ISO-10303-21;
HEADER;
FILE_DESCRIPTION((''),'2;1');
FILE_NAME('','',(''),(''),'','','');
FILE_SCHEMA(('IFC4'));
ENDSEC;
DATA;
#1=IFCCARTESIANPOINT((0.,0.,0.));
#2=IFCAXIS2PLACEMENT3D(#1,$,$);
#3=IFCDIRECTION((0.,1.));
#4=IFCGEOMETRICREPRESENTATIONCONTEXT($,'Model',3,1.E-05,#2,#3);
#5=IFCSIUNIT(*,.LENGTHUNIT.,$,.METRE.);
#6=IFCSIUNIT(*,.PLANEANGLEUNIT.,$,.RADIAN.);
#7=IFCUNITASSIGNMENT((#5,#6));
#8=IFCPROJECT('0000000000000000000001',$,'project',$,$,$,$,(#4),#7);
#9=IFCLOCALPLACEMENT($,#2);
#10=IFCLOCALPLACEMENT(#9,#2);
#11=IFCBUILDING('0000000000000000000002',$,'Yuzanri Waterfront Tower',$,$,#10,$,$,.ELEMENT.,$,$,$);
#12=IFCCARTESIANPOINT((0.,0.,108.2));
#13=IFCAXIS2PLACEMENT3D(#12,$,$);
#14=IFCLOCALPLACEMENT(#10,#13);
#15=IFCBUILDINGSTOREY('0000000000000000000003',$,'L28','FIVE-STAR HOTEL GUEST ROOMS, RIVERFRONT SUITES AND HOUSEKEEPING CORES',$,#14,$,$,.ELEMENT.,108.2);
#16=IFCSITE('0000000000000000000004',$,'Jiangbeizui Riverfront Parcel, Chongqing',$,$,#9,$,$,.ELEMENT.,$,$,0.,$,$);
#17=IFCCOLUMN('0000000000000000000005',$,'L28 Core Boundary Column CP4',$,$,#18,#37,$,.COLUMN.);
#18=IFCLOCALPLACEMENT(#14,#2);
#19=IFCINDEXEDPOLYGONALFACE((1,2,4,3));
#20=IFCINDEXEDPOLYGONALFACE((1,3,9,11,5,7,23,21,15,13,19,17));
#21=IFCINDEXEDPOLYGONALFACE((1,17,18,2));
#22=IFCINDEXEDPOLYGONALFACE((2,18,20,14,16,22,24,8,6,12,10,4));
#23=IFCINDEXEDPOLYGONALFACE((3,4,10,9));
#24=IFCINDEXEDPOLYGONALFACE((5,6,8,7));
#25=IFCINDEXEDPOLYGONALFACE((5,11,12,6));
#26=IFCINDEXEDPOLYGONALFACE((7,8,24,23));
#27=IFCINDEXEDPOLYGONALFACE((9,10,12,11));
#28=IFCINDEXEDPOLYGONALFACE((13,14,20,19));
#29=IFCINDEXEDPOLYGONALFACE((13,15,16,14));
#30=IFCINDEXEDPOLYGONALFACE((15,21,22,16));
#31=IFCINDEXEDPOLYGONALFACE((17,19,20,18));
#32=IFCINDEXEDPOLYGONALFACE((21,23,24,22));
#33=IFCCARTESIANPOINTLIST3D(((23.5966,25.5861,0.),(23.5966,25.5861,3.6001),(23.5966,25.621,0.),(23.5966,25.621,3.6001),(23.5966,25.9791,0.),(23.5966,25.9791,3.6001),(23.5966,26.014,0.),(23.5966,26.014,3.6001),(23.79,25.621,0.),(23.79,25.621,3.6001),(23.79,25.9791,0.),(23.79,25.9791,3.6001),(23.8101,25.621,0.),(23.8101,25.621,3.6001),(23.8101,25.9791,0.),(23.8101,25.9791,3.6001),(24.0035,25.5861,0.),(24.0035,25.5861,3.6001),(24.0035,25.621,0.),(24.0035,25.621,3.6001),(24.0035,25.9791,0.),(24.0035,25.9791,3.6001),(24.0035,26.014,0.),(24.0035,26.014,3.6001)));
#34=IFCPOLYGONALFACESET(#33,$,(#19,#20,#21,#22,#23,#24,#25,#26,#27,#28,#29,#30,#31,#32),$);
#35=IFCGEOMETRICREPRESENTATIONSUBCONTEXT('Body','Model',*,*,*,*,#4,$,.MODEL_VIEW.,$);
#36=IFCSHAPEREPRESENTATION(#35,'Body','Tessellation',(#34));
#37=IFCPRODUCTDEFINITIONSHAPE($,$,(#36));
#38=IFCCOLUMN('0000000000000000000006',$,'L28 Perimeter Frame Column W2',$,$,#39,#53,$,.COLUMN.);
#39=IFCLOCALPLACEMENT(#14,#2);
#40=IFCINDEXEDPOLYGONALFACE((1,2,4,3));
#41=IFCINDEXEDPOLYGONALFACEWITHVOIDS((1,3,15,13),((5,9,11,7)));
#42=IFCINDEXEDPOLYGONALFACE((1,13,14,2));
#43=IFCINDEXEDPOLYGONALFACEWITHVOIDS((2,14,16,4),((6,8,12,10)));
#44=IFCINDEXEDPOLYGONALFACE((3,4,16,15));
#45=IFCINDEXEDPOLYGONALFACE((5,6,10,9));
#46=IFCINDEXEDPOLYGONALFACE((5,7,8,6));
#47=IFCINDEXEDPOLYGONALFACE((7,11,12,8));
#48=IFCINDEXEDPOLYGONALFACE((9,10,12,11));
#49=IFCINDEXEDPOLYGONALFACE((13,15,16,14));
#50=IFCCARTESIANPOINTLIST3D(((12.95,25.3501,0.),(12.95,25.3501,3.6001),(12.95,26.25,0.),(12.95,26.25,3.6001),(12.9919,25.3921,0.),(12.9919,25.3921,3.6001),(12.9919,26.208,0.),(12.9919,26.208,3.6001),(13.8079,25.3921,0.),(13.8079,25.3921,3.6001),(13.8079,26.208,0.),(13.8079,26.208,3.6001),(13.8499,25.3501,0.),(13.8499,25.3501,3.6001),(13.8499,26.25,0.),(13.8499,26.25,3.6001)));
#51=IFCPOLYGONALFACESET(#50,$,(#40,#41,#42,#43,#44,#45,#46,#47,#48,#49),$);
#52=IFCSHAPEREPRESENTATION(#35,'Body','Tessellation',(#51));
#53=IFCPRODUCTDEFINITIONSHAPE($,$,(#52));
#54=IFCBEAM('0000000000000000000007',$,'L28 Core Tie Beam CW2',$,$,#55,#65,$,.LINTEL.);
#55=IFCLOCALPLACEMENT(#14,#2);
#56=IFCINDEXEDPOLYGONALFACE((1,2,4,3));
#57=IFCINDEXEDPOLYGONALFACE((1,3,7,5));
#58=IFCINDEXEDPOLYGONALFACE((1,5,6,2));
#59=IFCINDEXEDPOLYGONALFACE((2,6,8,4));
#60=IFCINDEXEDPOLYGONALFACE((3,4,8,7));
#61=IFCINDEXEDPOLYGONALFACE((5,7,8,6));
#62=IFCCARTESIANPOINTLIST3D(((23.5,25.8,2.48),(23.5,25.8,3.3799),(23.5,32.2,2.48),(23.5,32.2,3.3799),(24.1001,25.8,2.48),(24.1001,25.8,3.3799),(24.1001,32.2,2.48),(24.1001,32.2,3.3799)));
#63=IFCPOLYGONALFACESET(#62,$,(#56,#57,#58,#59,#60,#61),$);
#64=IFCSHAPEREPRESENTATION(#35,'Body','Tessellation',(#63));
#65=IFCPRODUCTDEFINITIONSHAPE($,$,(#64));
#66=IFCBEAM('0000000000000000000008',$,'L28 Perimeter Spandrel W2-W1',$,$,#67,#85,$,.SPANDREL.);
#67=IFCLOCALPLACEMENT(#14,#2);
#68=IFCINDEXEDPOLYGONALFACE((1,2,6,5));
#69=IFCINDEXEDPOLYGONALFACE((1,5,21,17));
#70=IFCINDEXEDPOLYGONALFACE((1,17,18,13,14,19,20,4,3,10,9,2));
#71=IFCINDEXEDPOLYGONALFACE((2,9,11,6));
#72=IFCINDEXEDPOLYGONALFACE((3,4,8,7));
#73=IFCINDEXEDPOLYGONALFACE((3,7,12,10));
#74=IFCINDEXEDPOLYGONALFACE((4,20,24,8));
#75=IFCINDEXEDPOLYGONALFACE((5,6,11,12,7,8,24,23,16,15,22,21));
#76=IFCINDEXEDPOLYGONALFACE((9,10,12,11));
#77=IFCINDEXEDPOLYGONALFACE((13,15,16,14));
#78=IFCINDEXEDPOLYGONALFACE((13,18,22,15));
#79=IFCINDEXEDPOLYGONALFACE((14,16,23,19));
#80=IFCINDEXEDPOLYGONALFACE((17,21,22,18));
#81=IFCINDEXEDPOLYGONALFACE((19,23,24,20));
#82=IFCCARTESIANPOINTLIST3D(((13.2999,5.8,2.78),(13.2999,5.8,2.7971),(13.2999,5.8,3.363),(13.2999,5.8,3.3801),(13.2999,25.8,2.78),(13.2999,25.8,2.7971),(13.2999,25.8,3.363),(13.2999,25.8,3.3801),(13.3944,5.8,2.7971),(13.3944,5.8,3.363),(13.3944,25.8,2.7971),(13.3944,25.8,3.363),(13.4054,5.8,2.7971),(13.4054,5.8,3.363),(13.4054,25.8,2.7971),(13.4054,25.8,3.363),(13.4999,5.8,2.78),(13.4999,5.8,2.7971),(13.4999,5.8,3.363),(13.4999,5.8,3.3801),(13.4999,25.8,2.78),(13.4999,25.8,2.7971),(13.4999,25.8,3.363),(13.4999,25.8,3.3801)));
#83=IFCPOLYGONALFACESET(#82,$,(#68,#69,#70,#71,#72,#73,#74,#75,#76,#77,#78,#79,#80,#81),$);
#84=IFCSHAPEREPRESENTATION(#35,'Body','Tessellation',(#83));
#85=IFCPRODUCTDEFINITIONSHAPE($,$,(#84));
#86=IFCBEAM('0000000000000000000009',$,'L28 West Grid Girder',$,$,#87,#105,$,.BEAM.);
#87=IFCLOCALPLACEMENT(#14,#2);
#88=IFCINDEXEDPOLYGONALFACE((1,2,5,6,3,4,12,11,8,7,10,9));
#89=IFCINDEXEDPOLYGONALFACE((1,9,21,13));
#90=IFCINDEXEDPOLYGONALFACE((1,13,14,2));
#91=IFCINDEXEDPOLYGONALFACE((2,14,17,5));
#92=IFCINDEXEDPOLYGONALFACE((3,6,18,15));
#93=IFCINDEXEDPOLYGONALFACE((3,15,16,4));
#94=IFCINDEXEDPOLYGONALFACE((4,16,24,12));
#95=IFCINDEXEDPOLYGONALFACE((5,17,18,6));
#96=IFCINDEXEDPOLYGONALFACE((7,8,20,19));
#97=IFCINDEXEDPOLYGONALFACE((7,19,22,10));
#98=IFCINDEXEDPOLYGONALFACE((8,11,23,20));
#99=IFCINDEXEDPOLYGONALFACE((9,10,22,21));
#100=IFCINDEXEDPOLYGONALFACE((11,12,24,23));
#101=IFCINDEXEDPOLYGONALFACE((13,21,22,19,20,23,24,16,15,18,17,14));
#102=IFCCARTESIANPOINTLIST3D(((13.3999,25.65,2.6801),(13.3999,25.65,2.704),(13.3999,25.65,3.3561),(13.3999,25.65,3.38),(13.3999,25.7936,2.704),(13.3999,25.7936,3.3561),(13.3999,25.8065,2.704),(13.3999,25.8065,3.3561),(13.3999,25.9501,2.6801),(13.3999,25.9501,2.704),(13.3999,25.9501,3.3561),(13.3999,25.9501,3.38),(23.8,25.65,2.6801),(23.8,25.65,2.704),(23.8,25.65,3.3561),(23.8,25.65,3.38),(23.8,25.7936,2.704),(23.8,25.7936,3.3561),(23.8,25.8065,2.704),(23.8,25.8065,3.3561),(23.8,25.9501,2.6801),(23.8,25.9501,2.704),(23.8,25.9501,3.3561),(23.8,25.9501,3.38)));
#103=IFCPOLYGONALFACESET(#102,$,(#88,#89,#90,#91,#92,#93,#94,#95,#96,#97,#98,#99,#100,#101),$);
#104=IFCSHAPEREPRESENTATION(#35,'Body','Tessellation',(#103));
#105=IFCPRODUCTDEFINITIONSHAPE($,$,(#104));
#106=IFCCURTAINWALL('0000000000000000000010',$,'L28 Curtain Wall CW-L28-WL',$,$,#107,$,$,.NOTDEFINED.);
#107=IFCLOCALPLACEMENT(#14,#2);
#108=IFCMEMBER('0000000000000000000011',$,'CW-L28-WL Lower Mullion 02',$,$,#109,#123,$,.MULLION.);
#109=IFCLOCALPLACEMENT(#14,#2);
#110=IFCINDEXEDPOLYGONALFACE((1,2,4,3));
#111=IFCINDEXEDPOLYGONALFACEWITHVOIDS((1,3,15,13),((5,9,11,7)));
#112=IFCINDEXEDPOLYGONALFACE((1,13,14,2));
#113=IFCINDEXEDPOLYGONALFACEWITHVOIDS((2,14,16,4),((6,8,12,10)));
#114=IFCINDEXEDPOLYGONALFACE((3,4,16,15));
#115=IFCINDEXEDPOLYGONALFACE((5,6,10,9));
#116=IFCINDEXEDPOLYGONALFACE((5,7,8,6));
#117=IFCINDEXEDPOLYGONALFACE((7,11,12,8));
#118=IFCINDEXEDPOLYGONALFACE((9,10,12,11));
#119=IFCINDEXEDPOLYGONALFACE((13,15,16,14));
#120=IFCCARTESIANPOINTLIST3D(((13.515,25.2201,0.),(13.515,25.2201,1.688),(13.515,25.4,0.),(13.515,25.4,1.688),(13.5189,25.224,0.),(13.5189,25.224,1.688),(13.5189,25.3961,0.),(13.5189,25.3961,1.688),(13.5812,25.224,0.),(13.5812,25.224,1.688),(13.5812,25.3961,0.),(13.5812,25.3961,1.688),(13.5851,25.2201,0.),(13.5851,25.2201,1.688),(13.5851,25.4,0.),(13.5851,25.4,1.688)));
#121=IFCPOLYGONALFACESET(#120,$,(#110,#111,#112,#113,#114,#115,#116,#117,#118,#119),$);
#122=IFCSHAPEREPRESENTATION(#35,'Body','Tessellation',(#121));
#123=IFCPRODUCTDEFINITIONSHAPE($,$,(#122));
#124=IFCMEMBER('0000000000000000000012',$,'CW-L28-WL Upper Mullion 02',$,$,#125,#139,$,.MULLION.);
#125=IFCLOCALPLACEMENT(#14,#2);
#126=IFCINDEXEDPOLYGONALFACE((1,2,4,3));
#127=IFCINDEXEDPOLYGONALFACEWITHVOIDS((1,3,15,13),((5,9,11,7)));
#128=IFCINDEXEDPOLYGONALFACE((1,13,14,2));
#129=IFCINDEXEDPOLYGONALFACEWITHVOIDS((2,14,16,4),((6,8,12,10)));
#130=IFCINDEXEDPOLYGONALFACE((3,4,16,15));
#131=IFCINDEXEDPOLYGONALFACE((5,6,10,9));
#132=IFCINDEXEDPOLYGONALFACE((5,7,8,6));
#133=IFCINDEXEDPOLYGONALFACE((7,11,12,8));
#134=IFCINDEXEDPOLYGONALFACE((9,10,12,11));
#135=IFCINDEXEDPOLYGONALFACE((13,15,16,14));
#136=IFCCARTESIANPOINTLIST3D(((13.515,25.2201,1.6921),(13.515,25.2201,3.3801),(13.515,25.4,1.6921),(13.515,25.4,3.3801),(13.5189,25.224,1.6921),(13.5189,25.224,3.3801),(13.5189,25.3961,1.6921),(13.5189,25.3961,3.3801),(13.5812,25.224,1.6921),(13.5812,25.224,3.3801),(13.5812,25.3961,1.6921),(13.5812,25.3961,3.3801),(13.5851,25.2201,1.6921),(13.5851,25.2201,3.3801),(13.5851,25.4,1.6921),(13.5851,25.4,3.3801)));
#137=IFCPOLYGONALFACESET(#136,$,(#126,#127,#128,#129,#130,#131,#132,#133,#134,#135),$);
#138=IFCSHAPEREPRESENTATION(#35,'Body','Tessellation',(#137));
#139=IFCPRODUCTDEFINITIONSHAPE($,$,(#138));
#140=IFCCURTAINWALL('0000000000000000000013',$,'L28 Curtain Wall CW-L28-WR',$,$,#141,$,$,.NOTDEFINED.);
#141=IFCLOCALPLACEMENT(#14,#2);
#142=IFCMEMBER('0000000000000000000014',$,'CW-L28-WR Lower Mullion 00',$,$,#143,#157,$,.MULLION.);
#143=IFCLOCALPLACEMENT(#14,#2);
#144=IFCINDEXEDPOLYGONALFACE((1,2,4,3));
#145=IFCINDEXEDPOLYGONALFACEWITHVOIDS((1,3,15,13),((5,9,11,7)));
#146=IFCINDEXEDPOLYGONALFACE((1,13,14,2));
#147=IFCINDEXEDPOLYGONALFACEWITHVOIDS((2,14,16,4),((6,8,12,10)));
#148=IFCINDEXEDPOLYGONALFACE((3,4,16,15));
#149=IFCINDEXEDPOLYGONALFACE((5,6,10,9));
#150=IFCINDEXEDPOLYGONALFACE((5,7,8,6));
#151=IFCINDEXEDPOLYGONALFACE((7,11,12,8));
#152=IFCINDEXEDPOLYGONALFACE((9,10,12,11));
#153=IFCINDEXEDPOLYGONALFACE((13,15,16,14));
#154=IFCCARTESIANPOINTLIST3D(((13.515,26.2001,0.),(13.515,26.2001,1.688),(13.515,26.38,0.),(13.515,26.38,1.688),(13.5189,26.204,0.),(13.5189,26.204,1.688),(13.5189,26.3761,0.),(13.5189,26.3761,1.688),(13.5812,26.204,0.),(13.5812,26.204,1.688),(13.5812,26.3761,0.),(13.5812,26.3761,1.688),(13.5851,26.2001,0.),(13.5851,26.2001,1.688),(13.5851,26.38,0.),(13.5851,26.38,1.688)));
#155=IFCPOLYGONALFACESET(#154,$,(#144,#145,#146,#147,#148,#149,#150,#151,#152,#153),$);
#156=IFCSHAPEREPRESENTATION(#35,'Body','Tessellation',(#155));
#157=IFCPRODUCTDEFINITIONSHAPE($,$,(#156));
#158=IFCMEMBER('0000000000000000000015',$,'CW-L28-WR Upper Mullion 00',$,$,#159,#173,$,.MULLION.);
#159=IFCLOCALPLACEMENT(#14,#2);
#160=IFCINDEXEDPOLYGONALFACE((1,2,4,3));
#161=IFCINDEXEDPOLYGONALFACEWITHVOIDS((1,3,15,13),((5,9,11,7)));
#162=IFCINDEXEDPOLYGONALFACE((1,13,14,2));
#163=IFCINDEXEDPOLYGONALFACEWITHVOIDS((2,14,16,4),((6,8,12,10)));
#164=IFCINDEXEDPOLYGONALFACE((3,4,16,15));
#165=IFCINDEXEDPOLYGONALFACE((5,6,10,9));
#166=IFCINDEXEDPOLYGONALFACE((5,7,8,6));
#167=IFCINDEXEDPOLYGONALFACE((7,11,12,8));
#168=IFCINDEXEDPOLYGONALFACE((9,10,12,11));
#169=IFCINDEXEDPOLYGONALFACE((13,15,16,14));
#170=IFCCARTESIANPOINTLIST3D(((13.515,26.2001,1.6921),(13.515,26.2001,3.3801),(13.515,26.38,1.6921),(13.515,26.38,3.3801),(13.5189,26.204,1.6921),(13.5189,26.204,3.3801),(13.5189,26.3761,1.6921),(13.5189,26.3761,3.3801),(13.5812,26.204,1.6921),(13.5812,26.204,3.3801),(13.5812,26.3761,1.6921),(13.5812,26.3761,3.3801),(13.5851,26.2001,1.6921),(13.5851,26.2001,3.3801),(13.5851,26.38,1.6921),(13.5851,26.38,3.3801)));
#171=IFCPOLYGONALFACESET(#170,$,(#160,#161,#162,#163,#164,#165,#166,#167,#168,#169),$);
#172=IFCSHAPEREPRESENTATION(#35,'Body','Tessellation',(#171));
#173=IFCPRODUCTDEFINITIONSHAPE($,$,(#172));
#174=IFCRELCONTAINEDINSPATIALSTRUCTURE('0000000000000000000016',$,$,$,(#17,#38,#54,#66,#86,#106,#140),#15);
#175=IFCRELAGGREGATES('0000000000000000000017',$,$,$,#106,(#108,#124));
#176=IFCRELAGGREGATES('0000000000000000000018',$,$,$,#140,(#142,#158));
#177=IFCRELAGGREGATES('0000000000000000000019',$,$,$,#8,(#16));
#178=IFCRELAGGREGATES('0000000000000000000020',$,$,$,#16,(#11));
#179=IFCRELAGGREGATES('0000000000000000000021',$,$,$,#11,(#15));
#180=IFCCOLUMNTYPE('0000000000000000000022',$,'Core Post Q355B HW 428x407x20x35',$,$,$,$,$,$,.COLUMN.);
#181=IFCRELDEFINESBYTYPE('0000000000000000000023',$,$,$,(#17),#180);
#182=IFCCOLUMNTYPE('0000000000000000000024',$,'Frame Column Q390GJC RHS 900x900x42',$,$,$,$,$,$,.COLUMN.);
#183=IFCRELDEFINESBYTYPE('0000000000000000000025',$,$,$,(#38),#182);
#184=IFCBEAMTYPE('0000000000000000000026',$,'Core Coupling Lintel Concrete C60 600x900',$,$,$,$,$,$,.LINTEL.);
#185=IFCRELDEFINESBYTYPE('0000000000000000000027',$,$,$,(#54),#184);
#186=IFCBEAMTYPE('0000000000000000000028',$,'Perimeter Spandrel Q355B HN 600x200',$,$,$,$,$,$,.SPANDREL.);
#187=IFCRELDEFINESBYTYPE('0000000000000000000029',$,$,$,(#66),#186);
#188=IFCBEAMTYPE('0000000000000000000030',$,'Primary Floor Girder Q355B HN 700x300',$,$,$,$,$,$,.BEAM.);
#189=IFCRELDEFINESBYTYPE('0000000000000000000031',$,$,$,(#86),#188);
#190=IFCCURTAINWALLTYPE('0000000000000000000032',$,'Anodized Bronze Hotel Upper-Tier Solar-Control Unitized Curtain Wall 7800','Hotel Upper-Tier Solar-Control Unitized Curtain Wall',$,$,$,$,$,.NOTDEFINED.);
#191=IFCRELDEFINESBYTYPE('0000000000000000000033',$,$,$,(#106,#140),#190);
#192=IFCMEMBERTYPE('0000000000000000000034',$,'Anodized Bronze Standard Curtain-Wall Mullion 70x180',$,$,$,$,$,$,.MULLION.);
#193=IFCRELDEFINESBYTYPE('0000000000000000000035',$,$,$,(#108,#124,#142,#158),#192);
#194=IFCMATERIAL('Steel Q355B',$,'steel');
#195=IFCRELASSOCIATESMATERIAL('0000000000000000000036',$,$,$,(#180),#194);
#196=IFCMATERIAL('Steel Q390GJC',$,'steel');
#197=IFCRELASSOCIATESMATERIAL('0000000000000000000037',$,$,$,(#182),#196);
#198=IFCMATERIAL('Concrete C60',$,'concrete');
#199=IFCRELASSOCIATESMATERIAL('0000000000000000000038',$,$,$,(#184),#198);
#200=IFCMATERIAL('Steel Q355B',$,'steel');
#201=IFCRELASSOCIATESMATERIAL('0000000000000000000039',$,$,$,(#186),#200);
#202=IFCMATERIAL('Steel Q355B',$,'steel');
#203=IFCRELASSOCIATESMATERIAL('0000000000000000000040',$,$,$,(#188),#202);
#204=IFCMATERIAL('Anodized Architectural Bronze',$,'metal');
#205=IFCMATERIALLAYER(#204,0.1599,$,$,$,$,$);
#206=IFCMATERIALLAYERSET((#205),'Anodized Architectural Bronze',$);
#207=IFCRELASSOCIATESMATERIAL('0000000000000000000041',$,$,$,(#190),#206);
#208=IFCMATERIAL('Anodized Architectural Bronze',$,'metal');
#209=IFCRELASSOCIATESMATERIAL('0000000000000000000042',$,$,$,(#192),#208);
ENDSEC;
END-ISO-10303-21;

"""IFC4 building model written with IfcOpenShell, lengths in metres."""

from ifc_helpers import new_model, si_unit, direction, frame, origin, origin_2d, place, context, subcontext, project, spatial, rectangle, hollow_rectangle, i_section, extrude, source, transform, mapped, material, layer, layer_set, material_profile, profile_set, type_object, element, aggregate, save


model = new_model("IFC4")

# Units and contexts
model_context = context("Model", 3, precision=1e-05, world=origin(), true_north=direction((0.0, 1.0)))
body_context = subcontext(model_context, "Body", "Model", "MODEL_VIEW")
ifc_project = project(units=[si_unit("LENGTHUNIT", "METRE"), si_unit("PLANEANGLEUNIT", "RADIAN")], contexts=[model_context])

# Site, building, storey
site_placement = place(None, origin())
site = spatial("IfcSite", under=ifc_project, at=site_placement, Name="Jiangbeizui Riverfront Parcel, Chongqing", CompositionType="ELEMENT", RefElevation=0.0)
building_placement = place(site_placement, origin())
building = spatial("IfcBuilding", under=site, at=building_placement, Name="Yuzanri Waterfront Tower", CompositionType="ELEMENT")
storey_placement = place(building_placement, frame((0.0, 0.0, 108.2)))
storey = spatial("IfcBuildingStorey", under=building, at=storey_placement, Name="L28", Description="FIVE-STAR HOTEL GUEST ROOMS, RIVERFRONT SUITES AND HOUSEKEEPING CORES", CompositionType="ELEMENT", Elevation=108.2)

# Columns
ifc_material_1 = material(Name="Steel Q355B", Category="steel")
ifc_material_profile_1 = material_profile(ifc_material_1, i_section(OverallWidth=0.407, OverallDepth=0.428, WebThickness=0.02, FlangeThickness=0.0349, at=origin_2d()), Name="HW 428x407x20x35")
ifc_profile_set_1 = profile_set([ifc_material_profile_1], Name="Steel Q355B")
column_type_1 = type_object("IfcColumnType", Name="Core Post Q355B HW 428x407x20x35", PredefinedType="COLUMN", material=ifc_profile_set_1)
shared_shape_1 = source(origin(), body_context, "Body", "SweptSolid", [
    extrude(i_section(OverallWidth=0.407, OverallDepth=0.428, WebThickness=0.02, FlangeThickness=0.0349, at=origin_2d()), origin(), (0.0, 0.0, 1.0), 3.6001),
])
column_1_placement = place(storey_placement, frame((23.8, 25.8, 0.0), z_axis=(0.0, 0.0, 1.0), x_axis=(1.0, 0.0, 0.0)))
element("IfcColumn", 1, at=column_1_placement, inside=storey, type_object=column_type_1, Name="L28 Core Boundary Column CP4", PredefinedType="COLUMN", context=body_context, shape_type="MappedRepresentation", body=[
    mapped(shared_shape_1, transform((0.0, 0.0, 0.0), scale=1.0)),
])
ifc_material_2 = material(Name="Steel Q390GJC", Category="steel")
ifc_material_profile_2 = material_profile(ifc_material_2, hollow_rectangle(XDim=0.8999, YDim=0.8999, WallThickness=0.042, at=origin_2d()), Name="RHS 900x900x42")
ifc_profile_set_2 = profile_set([ifc_material_profile_2], Name="Steel Q390GJC")
column_type_2 = type_object("IfcColumnType", Name="Frame Column Q390GJC RHS 900x900x42", PredefinedType="COLUMN", material=ifc_profile_set_2)
shared_shape_2 = source(origin(), body_context, "Body", "SweptSolid", [
    extrude(hollow_rectangle(XDim=0.8999, YDim=0.8999, WallThickness=0.042, at=origin_2d()), origin(), (0.0, 0.0, 1.0), 3.6001),
])
column_2_placement = place(storey_placement, frame((13.3999, 25.8, 0.0), z_axis=(0.0, 0.0, 1.0), x_axis=(1.0, 0.0, 0.0)))
element("IfcColumn", 2, at=column_2_placement, inside=storey, type_object=column_type_2, Name="L28 Perimeter Frame Column W2", PredefinedType="COLUMN", context=body_context, shape_type="MappedRepresentation", body=[
    mapped(shared_shape_2, transform((0.0, 0.0, 0.0), scale=1.0)),
])

# Beams
ifc_material_3 = material(Name="Concrete C60", Category="concrete")
ifc_material_profile_3 = material_profile(ifc_material_3, rectangle(XDim=0.6001, YDim=0.8999, at=origin_2d()), Name="RC 600x900")
ifc_profile_set_3 = profile_set([ifc_material_profile_3], Name="Concrete C60")
beam_type_1 = type_object("IfcBeamType", Name="Core Coupling Lintel Concrete C60 600x900", PredefinedType="LINTEL", material=ifc_profile_set_3)
shared_shape_3 = source(origin(), body_context, "Body", "SweptSolid", [
    extrude(rectangle(XDim=0.6001, YDim=0.8999, at=origin_2d()), origin(), (0.0, 0.0, 1.0), 6.3999),
])
beam_1_placement = place(storey_placement, frame((23.8, 25.8, 2.9299), z_axis=(0.0, 1.0, 0.0), x_axis=(-1.0, 0.0, 0.0)))
element("IfcBeam", 3, at=beam_1_placement, inside=storey, type_object=beam_type_1, Name="L28 Core Tie Beam CW2", PredefinedType="LINTEL", context=body_context, shape_type="MappedRepresentation", body=[
    mapped(shared_shape_3, transform((0.0, 0.0, 0.0), scale=1.0)),
])
ifc_material_4 = material(Name="Steel Q355B", Category="steel")
ifc_material_profile_4 = material_profile(ifc_material_4, i_section(OverallWidth=0.2, OverallDepth=0.6001, WebThickness=0.011, FlangeThickness=0.0171, at=origin_2d()), Name="HN 600x200x11x17")
ifc_profile_set_4 = profile_set([ifc_material_profile_4], Name="Steel Q355B")
beam_type_2 = type_object("IfcBeamType", Name="Perimeter Spandrel Q355B HN 600x200", PredefinedType="SPANDREL", material=ifc_profile_set_4)
shared_shape_4 = source(origin(), body_context, "Body", "SweptSolid", [
    extrude(i_section(OverallWidth=0.2, OverallDepth=0.6001, WebThickness=0.011, FlangeThickness=0.0171, at=origin_2d()), origin(), (0.0, 0.0, 1.0), 20.0),
])
beam_2_placement = place(storey_placement, frame((13.3999, 25.8, 3.0801), z_axis=(0.0, -1.0, 0.0), x_axis=(1.0, 0.0, 0.0)))
element("IfcBeam", 4, at=beam_2_placement, inside=storey, type_object=beam_type_2, Name="L28 Perimeter Spandrel W2-W1", PredefinedType="SPANDREL", context=body_context, shape_type="MappedRepresentation", body=[
    mapped(shared_shape_4, transform((0.0, 0.0, 0.0), scale=1.0)),
])
ifc_material_5 = material(Name="Steel Q355B", Category="steel")
ifc_material_profile_5 = material_profile(ifc_material_5, i_section(OverallWidth=0.3, OverallDepth=0.7, WebThickness=0.0129, FlangeThickness=0.0239, at=origin_2d()), Name="HN 700x300x13x24")
ifc_profile_set_5 = profile_set([ifc_material_profile_5], Name="Steel Q355B")
beam_type_3 = type_object("IfcBeamType", Name="Primary Floor Girder Q355B HN 700x300", PredefinedType="BEAM", material=ifc_profile_set_5)
shared_shape_5 = source(origin(), body_context, "Body", "SweptSolid", [
    extrude(i_section(OverallWidth=0.3, OverallDepth=0.7, WebThickness=0.0129, FlangeThickness=0.0239, at=origin_2d()), origin(), (0.0, 0.0, 1.0), 10.4001),
])
beam_3_placement = place(storey_placement, frame((23.8, 25.8, 3.03), z_axis=(-1.0, 0.0, 0.0), x_axis=(0.0, -1.0, 0.0)))
element("IfcBeam", 5, at=beam_3_placement, inside=storey, type_object=beam_type_3, Name="L28 West Grid Girder", PredefinedType="BEAM", context=body_context, shape_type="MappedRepresentation", body=[
    mapped(shared_shape_5, transform((0.0, 0.0, 0.0), scale=1.0)),
])

# Curtain walls, members
ifc_material_6 = material(Name="Anodized Architectural Bronze", Category="metal")
ifc_layer_1 = layer(ifc_material_6, 0.1599)
ifc_layer_set_1 = layer_set([ifc_layer_1], Name="Anodized Architectural Bronze")
curtain_wall_type = type_object("IfcCurtainWallType", Name="Anodized Bronze Hotel Upper-Tier Solar-Control Unitized Curtain Wall 7800", Description="Hotel Upper-Tier Solar-Control Unitized Curtain Wall", PredefinedType="NOTDEFINED", material=ifc_layer_set_1)
curtain_wall_1_placement = place(storey_placement, origin())
curtain_wall_1 = element("IfcCurtainWall", 6, at=curtain_wall_1_placement, inside=storey, type_object=curtain_wall_type, Name="L28 Curtain Wall CW-L28-WL", PredefinedType="NOTDEFINED")
ifc_material_7 = material(Name="Anodized Architectural Bronze", Category="metal")
ifc_material_profile_6 = material_profile(ifc_material_7, hollow_rectangle(XDim=0.0701, YDim=0.1799, WallThickness=0.0039, at=origin_2d()), Name="CWM 70x180")
ifc_profile_set_6 = profile_set([ifc_material_profile_6], Name="Anodized Architectural Bronze")
member_type_1 = type_object("IfcMemberType", Name="Anodized Bronze Standard Curtain-Wall Mullion 70x180", PredefinedType="MULLION", material=ifc_profile_set_6)
shared_shape_6 = source(origin(), body_context, "Body", "SweptSolid", [
    extrude(hollow_rectangle(XDim=0.0701, YDim=0.1799, WallThickness=0.0039, at=origin_2d()), origin(), (0.0, 0.0, 1.0), 1.688),
])
member_1_placement = place(storey_placement, frame((13.55, 25.3101, 0.0), z_axis=(0.0, 0.0, 1.0), x_axis=(1.0, 0.0, 0.0)))
member_1 = element("IfcMember", 7, at=member_1_placement, type_object=member_type_1, Name="CW-L28-WL Lower Mullion 02", PredefinedType="MULLION", context=body_context, shape_type="MappedRepresentation", body=[
    mapped(shared_shape_6, transform((0.0, 0.0, 0.0), scale=1.0)),
])
member_2_placement = place(storey_placement, frame((13.55, 25.3101, 1.6921), z_axis=(0.0, 0.0, 1.0), x_axis=(1.0, 0.0, 0.0)))
member_2 = element("IfcMember", 8, at=member_2_placement, type_object=member_type_1, Name="CW-L28-WL Upper Mullion 02", PredefinedType="MULLION", context=body_context, shape_type="MappedRepresentation", body=[
    mapped(shared_shape_6, transform((0.0, 0.0, 0.0), scale=1.0)),
])
aggregate(curtain_wall_1, [member_1, member_2])
curtain_wall_2_placement = place(storey_placement, origin())
curtain_wall_2 = element("IfcCurtainWall", 9, at=curtain_wall_2_placement, inside=storey, type_object=curtain_wall_type, Name="L28 Curtain Wall CW-L28-WR", PredefinedType="NOTDEFINED")
member_3_placement = place(storey_placement, frame((13.55, 26.29, 0.0), z_axis=(0.0, 0.0, 1.0), x_axis=(1.0, 0.0, 0.0)))
member_3 = element("IfcMember", 10, at=member_3_placement, type_object=member_type_1, Name="CW-L28-WR Lower Mullion 00", PredefinedType="MULLION", context=body_context, shape_type="MappedRepresentation", body=[
    mapped(shared_shape_6, transform((0.0, 0.0, 0.0), scale=1.0)),
])
member_4_placement = place(storey_placement, frame((13.55, 26.29, 1.6921), z_axis=(0.0, 0.0, 1.0), x_axis=(1.0, 0.0, 0.0)))
member_4 = element("IfcMember", 11, at=member_4_placement, type_object=member_type_1, Name="CW-L28-WR Upper Mullion 00", PredefinedType="MULLION", context=body_context, shape_type="MappedRepresentation", body=[
    mapped(shared_shape_6, transform((0.0, 0.0, 0.0), scale=1.0)),
])

aggregate(curtain_wall_2, [member_3, member_4])

save(model, "model.ifc")
